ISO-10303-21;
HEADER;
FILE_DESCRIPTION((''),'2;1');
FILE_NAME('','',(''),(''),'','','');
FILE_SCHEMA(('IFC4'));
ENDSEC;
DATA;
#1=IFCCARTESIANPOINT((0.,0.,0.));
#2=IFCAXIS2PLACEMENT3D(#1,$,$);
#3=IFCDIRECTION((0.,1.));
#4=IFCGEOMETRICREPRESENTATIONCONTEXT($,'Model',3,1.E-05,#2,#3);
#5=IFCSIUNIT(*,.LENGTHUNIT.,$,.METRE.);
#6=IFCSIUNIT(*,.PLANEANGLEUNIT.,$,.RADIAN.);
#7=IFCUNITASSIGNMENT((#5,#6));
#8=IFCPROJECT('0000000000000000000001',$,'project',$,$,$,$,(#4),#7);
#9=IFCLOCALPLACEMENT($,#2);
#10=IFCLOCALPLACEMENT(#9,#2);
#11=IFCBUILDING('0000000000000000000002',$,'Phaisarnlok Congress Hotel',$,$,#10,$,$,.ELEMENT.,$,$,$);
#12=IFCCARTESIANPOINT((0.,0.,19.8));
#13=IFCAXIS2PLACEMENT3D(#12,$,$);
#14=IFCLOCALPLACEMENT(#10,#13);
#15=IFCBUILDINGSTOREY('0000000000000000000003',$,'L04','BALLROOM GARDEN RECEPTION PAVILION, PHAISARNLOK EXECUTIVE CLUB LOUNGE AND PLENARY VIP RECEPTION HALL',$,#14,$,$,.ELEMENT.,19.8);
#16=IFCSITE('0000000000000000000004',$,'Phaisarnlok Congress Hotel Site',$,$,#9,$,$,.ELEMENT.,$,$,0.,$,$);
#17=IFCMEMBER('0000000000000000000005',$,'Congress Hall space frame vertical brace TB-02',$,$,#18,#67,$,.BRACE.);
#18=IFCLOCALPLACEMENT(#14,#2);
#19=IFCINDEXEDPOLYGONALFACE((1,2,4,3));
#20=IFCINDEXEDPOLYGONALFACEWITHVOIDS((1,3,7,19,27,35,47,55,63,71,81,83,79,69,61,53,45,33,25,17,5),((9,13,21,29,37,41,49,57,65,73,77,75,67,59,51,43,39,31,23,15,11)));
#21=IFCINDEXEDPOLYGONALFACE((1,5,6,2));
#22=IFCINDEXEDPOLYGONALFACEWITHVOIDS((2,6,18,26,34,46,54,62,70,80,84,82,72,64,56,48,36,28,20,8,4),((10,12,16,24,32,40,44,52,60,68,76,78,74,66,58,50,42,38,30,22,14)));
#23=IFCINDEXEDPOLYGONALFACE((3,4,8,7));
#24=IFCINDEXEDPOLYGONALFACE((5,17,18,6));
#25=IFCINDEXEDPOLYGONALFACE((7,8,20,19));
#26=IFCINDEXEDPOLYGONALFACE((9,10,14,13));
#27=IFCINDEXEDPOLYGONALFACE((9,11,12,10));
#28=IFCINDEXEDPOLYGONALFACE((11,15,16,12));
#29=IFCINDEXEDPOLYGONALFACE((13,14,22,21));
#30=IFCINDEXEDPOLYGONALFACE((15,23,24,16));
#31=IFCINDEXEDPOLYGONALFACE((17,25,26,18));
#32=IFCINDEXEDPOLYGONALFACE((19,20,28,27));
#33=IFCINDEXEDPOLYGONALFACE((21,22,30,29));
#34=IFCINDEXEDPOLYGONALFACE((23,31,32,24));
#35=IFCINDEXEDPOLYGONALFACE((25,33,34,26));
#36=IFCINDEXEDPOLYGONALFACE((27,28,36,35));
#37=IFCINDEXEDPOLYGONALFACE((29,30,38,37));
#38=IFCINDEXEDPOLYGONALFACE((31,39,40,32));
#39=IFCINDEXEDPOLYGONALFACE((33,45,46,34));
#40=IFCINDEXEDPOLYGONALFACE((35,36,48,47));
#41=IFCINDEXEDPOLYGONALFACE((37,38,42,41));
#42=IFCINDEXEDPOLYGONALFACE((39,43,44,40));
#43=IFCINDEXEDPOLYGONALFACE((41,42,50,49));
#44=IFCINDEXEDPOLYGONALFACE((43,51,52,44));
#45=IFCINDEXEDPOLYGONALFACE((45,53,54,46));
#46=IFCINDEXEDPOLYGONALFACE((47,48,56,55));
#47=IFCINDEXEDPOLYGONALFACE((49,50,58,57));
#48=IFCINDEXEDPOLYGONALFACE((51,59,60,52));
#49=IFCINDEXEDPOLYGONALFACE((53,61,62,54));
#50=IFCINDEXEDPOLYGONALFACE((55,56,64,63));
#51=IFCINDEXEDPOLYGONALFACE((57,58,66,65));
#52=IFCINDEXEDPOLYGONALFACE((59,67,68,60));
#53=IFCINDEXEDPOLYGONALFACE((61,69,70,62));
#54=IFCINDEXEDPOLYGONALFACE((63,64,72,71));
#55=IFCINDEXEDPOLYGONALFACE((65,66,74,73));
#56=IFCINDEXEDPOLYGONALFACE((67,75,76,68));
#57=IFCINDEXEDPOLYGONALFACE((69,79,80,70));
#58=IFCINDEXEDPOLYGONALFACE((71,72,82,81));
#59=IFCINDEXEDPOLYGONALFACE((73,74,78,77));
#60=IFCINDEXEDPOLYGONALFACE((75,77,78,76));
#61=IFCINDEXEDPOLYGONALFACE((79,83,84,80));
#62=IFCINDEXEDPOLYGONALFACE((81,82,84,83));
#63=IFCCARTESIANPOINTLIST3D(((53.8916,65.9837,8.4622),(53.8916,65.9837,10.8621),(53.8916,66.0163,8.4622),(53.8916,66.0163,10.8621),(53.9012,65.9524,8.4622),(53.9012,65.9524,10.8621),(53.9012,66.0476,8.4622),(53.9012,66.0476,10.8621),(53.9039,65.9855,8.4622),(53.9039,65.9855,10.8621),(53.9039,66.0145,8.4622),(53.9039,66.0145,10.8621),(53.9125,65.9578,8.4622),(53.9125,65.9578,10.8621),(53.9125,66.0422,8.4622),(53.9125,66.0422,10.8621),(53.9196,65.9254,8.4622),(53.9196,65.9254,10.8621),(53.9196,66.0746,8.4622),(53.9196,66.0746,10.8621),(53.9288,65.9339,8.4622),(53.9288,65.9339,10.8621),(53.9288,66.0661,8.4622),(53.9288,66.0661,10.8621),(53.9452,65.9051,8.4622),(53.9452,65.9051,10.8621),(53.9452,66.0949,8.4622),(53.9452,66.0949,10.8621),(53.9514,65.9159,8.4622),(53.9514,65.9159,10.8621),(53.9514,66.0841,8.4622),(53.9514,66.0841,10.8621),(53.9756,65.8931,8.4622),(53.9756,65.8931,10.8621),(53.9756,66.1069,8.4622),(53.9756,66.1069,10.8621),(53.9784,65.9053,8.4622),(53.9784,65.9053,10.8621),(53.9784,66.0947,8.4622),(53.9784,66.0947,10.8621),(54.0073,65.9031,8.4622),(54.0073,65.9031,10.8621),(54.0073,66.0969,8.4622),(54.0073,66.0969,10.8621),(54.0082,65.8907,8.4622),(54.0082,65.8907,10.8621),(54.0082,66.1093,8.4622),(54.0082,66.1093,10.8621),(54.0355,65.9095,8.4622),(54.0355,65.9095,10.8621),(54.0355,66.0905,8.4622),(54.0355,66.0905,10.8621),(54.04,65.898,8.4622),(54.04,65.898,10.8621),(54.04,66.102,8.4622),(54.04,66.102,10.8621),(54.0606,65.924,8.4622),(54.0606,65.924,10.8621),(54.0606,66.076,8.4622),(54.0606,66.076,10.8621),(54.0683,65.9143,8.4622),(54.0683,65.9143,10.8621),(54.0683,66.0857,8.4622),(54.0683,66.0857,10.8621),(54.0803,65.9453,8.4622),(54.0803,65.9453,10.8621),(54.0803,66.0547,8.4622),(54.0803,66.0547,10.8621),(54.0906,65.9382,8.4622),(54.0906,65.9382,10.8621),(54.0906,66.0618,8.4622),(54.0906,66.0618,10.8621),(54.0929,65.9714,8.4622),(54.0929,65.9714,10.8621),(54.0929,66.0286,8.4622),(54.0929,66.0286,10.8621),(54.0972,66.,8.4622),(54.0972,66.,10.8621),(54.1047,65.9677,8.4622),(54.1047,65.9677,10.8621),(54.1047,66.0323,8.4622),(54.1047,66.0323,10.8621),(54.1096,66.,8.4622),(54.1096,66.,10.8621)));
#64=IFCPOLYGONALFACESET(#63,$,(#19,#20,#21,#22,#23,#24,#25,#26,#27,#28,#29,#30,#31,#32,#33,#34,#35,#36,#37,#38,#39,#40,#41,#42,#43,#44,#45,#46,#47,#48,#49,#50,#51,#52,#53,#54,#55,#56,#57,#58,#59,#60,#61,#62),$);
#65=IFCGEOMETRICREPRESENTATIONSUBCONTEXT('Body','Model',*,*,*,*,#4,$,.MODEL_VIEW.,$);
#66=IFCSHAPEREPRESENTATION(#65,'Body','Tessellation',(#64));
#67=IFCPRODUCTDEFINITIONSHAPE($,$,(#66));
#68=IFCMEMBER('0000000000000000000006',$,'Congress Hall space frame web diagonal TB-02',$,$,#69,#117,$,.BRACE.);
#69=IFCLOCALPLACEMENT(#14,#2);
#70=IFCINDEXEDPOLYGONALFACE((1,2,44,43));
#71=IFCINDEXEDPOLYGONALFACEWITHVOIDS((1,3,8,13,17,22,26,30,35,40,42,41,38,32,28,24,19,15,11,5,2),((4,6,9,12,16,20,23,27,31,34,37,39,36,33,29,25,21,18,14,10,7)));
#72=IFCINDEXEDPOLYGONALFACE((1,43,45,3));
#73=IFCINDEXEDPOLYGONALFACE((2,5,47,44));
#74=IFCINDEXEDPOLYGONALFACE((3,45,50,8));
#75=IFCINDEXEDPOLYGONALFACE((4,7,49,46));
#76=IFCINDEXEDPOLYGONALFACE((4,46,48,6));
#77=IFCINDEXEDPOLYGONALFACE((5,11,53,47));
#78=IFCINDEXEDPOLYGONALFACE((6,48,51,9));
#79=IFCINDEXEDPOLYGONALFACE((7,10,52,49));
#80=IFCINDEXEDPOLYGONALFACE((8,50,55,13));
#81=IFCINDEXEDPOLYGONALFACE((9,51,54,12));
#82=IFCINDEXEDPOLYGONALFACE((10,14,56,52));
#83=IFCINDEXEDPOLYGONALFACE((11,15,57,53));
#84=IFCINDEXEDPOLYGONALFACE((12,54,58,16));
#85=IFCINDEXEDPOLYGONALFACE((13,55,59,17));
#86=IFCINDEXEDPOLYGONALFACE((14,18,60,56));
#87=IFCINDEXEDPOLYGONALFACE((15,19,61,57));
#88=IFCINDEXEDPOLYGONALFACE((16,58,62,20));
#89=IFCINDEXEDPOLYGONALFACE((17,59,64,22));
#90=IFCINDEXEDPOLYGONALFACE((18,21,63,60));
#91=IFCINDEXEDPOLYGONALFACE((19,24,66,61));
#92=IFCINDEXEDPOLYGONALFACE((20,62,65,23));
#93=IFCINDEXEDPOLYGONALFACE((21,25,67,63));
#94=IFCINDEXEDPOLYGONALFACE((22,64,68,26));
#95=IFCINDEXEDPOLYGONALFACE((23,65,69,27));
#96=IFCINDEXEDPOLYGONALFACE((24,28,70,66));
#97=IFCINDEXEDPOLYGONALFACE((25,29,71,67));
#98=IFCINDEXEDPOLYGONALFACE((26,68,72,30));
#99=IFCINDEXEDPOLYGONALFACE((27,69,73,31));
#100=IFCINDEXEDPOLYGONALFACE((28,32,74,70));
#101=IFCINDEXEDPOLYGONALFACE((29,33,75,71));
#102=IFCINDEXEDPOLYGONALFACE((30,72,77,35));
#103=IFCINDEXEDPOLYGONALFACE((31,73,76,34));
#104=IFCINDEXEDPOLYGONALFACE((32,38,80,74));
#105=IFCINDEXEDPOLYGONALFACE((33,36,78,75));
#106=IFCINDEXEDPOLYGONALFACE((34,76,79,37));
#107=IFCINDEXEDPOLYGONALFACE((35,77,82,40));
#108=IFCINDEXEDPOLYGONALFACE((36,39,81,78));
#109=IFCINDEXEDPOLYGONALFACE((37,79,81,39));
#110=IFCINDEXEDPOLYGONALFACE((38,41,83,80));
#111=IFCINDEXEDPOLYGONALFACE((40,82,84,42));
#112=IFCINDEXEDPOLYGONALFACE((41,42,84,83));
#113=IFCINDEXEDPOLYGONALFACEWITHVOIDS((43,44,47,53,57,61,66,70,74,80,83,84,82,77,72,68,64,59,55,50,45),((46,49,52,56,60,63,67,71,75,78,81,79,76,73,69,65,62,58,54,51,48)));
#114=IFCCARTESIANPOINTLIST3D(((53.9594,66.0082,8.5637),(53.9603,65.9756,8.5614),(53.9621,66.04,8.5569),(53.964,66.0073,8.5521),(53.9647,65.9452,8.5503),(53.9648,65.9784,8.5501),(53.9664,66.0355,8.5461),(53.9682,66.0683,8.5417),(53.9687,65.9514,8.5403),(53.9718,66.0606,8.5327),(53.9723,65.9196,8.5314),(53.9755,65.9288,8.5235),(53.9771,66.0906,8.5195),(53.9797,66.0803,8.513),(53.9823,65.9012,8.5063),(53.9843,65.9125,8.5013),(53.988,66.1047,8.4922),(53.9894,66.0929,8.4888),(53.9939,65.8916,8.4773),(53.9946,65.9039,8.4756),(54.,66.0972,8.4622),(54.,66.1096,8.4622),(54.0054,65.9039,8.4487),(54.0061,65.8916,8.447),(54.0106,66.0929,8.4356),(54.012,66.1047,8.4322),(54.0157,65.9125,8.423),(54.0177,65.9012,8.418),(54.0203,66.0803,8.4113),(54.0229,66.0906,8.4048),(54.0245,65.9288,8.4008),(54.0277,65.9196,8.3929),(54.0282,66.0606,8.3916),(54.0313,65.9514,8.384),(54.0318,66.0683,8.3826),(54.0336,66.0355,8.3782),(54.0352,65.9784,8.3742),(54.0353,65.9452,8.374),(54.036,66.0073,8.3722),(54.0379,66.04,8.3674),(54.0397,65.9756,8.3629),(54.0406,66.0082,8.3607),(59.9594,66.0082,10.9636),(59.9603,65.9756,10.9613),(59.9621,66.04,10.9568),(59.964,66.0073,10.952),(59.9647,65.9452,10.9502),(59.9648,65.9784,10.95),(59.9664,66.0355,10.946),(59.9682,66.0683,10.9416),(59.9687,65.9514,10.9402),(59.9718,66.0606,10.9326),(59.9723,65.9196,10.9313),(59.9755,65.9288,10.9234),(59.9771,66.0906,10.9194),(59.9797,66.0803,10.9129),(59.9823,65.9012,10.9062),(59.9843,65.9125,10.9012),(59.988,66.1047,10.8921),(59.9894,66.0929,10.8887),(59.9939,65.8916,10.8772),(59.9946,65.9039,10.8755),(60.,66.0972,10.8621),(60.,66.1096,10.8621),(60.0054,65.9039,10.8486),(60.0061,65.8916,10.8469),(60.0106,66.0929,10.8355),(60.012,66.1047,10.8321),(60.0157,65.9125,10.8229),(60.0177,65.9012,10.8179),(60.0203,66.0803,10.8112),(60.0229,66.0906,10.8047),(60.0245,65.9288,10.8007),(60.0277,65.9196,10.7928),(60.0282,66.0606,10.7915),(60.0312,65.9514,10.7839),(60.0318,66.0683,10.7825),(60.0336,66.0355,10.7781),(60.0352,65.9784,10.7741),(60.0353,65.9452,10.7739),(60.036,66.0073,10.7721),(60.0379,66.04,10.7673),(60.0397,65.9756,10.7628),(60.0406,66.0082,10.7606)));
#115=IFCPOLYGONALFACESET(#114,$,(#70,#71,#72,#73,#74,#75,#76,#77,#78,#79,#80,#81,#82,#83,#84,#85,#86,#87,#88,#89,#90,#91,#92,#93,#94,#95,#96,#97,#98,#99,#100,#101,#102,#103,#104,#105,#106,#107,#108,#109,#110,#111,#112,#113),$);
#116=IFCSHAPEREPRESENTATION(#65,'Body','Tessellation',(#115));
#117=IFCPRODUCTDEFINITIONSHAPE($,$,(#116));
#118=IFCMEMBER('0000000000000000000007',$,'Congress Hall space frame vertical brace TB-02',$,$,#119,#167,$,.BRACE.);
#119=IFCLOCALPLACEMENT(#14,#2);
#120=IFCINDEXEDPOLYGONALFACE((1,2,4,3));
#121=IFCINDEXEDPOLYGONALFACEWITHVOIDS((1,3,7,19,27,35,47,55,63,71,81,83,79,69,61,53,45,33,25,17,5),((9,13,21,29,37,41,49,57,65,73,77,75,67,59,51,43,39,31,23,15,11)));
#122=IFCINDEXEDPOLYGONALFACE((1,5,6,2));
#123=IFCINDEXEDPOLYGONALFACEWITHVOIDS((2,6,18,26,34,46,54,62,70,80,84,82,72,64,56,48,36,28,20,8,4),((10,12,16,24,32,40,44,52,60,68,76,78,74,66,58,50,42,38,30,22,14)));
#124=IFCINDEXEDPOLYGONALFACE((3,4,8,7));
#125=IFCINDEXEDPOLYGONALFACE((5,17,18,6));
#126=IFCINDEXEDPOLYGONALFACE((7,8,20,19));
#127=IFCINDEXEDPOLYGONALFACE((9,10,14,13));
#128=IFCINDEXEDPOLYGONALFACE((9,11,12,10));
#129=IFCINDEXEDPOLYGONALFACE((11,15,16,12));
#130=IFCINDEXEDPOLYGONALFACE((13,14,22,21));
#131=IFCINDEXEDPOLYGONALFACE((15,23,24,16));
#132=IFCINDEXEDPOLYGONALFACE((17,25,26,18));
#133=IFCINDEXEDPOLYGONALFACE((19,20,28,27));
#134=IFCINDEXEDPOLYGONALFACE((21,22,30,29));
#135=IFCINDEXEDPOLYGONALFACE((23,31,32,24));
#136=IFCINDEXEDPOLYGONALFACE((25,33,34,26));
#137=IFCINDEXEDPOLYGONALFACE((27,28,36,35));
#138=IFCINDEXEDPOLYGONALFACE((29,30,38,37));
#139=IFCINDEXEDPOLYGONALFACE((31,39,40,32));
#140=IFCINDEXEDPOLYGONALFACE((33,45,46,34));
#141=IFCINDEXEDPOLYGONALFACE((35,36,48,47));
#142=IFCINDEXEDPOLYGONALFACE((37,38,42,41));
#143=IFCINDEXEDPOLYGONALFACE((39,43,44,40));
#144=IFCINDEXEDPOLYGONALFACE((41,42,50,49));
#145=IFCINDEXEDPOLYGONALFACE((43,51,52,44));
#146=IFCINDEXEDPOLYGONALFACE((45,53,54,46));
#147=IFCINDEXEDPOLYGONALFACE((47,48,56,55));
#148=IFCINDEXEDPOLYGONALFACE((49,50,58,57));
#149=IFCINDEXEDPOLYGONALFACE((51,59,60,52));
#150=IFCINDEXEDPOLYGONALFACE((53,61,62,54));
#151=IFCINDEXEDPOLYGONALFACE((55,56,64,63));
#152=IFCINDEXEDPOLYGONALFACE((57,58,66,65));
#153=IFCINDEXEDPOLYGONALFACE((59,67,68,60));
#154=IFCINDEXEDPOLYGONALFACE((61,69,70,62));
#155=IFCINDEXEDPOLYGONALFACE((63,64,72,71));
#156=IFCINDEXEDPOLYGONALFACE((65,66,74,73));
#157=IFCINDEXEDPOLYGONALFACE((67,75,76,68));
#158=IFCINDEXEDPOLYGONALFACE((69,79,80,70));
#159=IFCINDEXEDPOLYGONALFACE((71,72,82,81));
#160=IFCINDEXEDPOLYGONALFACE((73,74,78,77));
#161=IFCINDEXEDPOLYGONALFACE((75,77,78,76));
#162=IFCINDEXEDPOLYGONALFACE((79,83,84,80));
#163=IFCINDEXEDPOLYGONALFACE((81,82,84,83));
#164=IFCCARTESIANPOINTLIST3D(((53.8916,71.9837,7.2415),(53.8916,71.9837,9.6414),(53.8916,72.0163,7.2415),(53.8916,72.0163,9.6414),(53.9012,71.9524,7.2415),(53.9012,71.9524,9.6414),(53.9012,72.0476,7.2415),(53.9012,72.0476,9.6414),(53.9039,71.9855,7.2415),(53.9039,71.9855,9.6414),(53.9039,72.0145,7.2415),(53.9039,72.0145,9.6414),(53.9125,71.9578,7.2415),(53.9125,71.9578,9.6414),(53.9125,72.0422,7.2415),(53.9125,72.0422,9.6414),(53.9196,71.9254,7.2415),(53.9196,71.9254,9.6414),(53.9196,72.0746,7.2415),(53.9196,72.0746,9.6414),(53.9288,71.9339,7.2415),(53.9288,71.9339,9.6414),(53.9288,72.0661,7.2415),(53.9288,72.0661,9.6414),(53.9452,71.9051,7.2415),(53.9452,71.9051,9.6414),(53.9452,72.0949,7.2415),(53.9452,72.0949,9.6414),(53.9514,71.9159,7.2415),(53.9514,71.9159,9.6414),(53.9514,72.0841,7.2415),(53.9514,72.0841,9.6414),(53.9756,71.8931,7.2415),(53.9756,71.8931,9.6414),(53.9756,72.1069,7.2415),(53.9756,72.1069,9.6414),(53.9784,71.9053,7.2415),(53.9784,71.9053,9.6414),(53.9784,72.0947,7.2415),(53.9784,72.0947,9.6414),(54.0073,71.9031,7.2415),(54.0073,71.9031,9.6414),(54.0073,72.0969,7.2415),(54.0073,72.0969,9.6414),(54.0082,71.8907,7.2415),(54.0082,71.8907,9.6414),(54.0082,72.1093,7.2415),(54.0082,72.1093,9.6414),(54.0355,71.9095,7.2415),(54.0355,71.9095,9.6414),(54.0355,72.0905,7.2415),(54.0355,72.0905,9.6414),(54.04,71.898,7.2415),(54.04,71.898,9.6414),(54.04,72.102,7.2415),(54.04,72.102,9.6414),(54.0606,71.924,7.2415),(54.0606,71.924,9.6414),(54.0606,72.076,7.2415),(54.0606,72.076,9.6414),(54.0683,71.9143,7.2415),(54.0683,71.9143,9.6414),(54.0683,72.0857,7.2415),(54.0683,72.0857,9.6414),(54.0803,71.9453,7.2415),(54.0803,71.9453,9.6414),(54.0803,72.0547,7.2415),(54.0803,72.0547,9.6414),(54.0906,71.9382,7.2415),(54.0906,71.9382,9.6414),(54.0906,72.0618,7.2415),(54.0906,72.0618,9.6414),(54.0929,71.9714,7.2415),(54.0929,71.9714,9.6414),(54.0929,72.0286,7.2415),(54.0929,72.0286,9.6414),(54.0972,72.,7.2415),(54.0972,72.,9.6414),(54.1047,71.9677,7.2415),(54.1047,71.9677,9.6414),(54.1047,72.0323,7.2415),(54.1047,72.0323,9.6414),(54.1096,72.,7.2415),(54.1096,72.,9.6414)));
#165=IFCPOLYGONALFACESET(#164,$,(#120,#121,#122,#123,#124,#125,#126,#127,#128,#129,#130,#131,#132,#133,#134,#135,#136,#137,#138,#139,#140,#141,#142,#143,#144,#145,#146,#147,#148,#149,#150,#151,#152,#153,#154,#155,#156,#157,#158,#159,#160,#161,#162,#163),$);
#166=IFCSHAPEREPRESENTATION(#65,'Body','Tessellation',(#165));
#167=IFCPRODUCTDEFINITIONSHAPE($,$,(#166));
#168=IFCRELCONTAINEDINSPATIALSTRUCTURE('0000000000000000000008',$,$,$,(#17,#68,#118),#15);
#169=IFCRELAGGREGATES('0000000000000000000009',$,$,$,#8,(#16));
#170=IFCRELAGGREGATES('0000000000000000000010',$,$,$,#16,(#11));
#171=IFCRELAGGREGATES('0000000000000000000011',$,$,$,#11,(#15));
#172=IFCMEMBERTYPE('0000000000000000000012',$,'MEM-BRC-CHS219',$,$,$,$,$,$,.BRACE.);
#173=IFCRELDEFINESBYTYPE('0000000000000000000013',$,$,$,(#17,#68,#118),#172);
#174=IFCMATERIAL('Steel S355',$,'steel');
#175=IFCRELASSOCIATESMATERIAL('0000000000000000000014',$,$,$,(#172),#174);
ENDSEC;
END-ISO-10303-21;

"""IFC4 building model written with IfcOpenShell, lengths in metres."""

from ifc_helpers import new_model, si_unit, direction, frame, origin, origin_2d, place, context, subcontext, project, spatial, hollow_circle, extrude, material, material_profile, profile_set, type_object, element, save


model = new_model("IFC4")

# Units and contexts
model_context = context("Model", 3, precision=1e-05, world=origin(), true_north=direction((0.0, 1.0)))
body_context = subcontext(model_context, "Body", "Model", "MODEL_VIEW")
ifc_project = project(units=[si_unit("LENGTHUNIT", "METRE"), si_unit("PLANEANGLEUNIT", "RADIAN")], contexts=[model_context])

# Site, building, storey
site_placement = place(None, origin())
site = spatial("IfcSite", under=ifc_project, at=site_placement, Name="Phaisarnlok Congress Hotel Site", CompositionType="ELEMENT", RefElevation=0.0)
building_placement = place(site_placement, origin())
building = spatial("IfcBuilding", under=site, at=building_placement, Name="Phaisarnlok Congress Hotel", CompositionType="ELEMENT")
storey_placement = place(building_placement, frame((0.0, 0.0, 19.8)))
storey = spatial("IfcBuildingStorey", under=building, at=storey_placement, Name="L04", Description="BALLROOM GARDEN RECEPTION PAVILION, PHAISARNLOK EXECUTIVE CLUB LOUNGE AND PLENARY VIP RECEPTION HALL", CompositionType="ELEMENT", Elevation=19.8)

# Members
ifc_material = material(Name="Steel S355", Category="steel")
ifc_material_profile_1 = material_profile(ifc_material, hollow_circle(Radius=0.1096, WallThickness=0.0125, at=origin_2d()), Name="CHS 219.1x12.5")
ifc_profile_set_1 = profile_set([ifc_material_profile_1], Name="Steel S355")
member_type_1 = type_object("IfcMemberType", Name="MEM-BRC-CHS219", PredefinedType="BRACE", material=ifc_profile_set_1)
member_1_placement = place(storey_placement, frame((54.0, 66.0, 8.4622), z_axis=(0.0, 0.0, 1.0), x_axis=(1.0, 0.0, 0.0)))
element("IfcMember", 1, at=member_1_placement, inside=storey, type_object=member_type_1, Name="Congress Hall space frame vertical brace TB-02", PredefinedType="BRACE", context=body_context, shape_type="SweptSolid", body=[
    extrude(hollow_circle(Radius=0.1096, WallThickness=0.0125, at=origin_2d()), origin(), (0.0, 0.0, 1.0), 2.3999),
])
member_2_placement = place(storey_placement, frame((54.0, 66.0, 8.4622), z_axis=(0.928482, 0.0, 0.371378), x_axis=(0.0, 1.0, 0.0)))
element("IfcMember", 2, at=member_2_placement, inside=storey, type_object=member_type_1, Name="Congress Hall space frame web diagonal TB-02", PredefinedType="BRACE", context=body_context, shape_type="SweptSolid", body=[
    extrude(hollow_circle(Radius=0.1096, WallThickness=0.0125, at=origin_2d()), origin(), (0.0, 0.0, 1.0), 6.4622),
])
member_3_placement = place(storey_placement, frame((54.0, 72.0, 7.2415), z_axis=(0.0, 0.0, 1.0), x_axis=(1.0, 0.0, 0.0)))
element("IfcMember", 3, at=member_3_placement, inside=storey, type_object=member_type_1, Name="Congress Hall space frame vertical brace TB-02", PredefinedType="BRACE", context=body_context, shape_type="SweptSolid", body=[
    extrude(hollow_circle(Radius=0.1096, WallThickness=0.0125, at=origin_2d()), origin(), (0.0, 0.0, 1.0), 2.3999),
])

save(model, "model.ifc")
